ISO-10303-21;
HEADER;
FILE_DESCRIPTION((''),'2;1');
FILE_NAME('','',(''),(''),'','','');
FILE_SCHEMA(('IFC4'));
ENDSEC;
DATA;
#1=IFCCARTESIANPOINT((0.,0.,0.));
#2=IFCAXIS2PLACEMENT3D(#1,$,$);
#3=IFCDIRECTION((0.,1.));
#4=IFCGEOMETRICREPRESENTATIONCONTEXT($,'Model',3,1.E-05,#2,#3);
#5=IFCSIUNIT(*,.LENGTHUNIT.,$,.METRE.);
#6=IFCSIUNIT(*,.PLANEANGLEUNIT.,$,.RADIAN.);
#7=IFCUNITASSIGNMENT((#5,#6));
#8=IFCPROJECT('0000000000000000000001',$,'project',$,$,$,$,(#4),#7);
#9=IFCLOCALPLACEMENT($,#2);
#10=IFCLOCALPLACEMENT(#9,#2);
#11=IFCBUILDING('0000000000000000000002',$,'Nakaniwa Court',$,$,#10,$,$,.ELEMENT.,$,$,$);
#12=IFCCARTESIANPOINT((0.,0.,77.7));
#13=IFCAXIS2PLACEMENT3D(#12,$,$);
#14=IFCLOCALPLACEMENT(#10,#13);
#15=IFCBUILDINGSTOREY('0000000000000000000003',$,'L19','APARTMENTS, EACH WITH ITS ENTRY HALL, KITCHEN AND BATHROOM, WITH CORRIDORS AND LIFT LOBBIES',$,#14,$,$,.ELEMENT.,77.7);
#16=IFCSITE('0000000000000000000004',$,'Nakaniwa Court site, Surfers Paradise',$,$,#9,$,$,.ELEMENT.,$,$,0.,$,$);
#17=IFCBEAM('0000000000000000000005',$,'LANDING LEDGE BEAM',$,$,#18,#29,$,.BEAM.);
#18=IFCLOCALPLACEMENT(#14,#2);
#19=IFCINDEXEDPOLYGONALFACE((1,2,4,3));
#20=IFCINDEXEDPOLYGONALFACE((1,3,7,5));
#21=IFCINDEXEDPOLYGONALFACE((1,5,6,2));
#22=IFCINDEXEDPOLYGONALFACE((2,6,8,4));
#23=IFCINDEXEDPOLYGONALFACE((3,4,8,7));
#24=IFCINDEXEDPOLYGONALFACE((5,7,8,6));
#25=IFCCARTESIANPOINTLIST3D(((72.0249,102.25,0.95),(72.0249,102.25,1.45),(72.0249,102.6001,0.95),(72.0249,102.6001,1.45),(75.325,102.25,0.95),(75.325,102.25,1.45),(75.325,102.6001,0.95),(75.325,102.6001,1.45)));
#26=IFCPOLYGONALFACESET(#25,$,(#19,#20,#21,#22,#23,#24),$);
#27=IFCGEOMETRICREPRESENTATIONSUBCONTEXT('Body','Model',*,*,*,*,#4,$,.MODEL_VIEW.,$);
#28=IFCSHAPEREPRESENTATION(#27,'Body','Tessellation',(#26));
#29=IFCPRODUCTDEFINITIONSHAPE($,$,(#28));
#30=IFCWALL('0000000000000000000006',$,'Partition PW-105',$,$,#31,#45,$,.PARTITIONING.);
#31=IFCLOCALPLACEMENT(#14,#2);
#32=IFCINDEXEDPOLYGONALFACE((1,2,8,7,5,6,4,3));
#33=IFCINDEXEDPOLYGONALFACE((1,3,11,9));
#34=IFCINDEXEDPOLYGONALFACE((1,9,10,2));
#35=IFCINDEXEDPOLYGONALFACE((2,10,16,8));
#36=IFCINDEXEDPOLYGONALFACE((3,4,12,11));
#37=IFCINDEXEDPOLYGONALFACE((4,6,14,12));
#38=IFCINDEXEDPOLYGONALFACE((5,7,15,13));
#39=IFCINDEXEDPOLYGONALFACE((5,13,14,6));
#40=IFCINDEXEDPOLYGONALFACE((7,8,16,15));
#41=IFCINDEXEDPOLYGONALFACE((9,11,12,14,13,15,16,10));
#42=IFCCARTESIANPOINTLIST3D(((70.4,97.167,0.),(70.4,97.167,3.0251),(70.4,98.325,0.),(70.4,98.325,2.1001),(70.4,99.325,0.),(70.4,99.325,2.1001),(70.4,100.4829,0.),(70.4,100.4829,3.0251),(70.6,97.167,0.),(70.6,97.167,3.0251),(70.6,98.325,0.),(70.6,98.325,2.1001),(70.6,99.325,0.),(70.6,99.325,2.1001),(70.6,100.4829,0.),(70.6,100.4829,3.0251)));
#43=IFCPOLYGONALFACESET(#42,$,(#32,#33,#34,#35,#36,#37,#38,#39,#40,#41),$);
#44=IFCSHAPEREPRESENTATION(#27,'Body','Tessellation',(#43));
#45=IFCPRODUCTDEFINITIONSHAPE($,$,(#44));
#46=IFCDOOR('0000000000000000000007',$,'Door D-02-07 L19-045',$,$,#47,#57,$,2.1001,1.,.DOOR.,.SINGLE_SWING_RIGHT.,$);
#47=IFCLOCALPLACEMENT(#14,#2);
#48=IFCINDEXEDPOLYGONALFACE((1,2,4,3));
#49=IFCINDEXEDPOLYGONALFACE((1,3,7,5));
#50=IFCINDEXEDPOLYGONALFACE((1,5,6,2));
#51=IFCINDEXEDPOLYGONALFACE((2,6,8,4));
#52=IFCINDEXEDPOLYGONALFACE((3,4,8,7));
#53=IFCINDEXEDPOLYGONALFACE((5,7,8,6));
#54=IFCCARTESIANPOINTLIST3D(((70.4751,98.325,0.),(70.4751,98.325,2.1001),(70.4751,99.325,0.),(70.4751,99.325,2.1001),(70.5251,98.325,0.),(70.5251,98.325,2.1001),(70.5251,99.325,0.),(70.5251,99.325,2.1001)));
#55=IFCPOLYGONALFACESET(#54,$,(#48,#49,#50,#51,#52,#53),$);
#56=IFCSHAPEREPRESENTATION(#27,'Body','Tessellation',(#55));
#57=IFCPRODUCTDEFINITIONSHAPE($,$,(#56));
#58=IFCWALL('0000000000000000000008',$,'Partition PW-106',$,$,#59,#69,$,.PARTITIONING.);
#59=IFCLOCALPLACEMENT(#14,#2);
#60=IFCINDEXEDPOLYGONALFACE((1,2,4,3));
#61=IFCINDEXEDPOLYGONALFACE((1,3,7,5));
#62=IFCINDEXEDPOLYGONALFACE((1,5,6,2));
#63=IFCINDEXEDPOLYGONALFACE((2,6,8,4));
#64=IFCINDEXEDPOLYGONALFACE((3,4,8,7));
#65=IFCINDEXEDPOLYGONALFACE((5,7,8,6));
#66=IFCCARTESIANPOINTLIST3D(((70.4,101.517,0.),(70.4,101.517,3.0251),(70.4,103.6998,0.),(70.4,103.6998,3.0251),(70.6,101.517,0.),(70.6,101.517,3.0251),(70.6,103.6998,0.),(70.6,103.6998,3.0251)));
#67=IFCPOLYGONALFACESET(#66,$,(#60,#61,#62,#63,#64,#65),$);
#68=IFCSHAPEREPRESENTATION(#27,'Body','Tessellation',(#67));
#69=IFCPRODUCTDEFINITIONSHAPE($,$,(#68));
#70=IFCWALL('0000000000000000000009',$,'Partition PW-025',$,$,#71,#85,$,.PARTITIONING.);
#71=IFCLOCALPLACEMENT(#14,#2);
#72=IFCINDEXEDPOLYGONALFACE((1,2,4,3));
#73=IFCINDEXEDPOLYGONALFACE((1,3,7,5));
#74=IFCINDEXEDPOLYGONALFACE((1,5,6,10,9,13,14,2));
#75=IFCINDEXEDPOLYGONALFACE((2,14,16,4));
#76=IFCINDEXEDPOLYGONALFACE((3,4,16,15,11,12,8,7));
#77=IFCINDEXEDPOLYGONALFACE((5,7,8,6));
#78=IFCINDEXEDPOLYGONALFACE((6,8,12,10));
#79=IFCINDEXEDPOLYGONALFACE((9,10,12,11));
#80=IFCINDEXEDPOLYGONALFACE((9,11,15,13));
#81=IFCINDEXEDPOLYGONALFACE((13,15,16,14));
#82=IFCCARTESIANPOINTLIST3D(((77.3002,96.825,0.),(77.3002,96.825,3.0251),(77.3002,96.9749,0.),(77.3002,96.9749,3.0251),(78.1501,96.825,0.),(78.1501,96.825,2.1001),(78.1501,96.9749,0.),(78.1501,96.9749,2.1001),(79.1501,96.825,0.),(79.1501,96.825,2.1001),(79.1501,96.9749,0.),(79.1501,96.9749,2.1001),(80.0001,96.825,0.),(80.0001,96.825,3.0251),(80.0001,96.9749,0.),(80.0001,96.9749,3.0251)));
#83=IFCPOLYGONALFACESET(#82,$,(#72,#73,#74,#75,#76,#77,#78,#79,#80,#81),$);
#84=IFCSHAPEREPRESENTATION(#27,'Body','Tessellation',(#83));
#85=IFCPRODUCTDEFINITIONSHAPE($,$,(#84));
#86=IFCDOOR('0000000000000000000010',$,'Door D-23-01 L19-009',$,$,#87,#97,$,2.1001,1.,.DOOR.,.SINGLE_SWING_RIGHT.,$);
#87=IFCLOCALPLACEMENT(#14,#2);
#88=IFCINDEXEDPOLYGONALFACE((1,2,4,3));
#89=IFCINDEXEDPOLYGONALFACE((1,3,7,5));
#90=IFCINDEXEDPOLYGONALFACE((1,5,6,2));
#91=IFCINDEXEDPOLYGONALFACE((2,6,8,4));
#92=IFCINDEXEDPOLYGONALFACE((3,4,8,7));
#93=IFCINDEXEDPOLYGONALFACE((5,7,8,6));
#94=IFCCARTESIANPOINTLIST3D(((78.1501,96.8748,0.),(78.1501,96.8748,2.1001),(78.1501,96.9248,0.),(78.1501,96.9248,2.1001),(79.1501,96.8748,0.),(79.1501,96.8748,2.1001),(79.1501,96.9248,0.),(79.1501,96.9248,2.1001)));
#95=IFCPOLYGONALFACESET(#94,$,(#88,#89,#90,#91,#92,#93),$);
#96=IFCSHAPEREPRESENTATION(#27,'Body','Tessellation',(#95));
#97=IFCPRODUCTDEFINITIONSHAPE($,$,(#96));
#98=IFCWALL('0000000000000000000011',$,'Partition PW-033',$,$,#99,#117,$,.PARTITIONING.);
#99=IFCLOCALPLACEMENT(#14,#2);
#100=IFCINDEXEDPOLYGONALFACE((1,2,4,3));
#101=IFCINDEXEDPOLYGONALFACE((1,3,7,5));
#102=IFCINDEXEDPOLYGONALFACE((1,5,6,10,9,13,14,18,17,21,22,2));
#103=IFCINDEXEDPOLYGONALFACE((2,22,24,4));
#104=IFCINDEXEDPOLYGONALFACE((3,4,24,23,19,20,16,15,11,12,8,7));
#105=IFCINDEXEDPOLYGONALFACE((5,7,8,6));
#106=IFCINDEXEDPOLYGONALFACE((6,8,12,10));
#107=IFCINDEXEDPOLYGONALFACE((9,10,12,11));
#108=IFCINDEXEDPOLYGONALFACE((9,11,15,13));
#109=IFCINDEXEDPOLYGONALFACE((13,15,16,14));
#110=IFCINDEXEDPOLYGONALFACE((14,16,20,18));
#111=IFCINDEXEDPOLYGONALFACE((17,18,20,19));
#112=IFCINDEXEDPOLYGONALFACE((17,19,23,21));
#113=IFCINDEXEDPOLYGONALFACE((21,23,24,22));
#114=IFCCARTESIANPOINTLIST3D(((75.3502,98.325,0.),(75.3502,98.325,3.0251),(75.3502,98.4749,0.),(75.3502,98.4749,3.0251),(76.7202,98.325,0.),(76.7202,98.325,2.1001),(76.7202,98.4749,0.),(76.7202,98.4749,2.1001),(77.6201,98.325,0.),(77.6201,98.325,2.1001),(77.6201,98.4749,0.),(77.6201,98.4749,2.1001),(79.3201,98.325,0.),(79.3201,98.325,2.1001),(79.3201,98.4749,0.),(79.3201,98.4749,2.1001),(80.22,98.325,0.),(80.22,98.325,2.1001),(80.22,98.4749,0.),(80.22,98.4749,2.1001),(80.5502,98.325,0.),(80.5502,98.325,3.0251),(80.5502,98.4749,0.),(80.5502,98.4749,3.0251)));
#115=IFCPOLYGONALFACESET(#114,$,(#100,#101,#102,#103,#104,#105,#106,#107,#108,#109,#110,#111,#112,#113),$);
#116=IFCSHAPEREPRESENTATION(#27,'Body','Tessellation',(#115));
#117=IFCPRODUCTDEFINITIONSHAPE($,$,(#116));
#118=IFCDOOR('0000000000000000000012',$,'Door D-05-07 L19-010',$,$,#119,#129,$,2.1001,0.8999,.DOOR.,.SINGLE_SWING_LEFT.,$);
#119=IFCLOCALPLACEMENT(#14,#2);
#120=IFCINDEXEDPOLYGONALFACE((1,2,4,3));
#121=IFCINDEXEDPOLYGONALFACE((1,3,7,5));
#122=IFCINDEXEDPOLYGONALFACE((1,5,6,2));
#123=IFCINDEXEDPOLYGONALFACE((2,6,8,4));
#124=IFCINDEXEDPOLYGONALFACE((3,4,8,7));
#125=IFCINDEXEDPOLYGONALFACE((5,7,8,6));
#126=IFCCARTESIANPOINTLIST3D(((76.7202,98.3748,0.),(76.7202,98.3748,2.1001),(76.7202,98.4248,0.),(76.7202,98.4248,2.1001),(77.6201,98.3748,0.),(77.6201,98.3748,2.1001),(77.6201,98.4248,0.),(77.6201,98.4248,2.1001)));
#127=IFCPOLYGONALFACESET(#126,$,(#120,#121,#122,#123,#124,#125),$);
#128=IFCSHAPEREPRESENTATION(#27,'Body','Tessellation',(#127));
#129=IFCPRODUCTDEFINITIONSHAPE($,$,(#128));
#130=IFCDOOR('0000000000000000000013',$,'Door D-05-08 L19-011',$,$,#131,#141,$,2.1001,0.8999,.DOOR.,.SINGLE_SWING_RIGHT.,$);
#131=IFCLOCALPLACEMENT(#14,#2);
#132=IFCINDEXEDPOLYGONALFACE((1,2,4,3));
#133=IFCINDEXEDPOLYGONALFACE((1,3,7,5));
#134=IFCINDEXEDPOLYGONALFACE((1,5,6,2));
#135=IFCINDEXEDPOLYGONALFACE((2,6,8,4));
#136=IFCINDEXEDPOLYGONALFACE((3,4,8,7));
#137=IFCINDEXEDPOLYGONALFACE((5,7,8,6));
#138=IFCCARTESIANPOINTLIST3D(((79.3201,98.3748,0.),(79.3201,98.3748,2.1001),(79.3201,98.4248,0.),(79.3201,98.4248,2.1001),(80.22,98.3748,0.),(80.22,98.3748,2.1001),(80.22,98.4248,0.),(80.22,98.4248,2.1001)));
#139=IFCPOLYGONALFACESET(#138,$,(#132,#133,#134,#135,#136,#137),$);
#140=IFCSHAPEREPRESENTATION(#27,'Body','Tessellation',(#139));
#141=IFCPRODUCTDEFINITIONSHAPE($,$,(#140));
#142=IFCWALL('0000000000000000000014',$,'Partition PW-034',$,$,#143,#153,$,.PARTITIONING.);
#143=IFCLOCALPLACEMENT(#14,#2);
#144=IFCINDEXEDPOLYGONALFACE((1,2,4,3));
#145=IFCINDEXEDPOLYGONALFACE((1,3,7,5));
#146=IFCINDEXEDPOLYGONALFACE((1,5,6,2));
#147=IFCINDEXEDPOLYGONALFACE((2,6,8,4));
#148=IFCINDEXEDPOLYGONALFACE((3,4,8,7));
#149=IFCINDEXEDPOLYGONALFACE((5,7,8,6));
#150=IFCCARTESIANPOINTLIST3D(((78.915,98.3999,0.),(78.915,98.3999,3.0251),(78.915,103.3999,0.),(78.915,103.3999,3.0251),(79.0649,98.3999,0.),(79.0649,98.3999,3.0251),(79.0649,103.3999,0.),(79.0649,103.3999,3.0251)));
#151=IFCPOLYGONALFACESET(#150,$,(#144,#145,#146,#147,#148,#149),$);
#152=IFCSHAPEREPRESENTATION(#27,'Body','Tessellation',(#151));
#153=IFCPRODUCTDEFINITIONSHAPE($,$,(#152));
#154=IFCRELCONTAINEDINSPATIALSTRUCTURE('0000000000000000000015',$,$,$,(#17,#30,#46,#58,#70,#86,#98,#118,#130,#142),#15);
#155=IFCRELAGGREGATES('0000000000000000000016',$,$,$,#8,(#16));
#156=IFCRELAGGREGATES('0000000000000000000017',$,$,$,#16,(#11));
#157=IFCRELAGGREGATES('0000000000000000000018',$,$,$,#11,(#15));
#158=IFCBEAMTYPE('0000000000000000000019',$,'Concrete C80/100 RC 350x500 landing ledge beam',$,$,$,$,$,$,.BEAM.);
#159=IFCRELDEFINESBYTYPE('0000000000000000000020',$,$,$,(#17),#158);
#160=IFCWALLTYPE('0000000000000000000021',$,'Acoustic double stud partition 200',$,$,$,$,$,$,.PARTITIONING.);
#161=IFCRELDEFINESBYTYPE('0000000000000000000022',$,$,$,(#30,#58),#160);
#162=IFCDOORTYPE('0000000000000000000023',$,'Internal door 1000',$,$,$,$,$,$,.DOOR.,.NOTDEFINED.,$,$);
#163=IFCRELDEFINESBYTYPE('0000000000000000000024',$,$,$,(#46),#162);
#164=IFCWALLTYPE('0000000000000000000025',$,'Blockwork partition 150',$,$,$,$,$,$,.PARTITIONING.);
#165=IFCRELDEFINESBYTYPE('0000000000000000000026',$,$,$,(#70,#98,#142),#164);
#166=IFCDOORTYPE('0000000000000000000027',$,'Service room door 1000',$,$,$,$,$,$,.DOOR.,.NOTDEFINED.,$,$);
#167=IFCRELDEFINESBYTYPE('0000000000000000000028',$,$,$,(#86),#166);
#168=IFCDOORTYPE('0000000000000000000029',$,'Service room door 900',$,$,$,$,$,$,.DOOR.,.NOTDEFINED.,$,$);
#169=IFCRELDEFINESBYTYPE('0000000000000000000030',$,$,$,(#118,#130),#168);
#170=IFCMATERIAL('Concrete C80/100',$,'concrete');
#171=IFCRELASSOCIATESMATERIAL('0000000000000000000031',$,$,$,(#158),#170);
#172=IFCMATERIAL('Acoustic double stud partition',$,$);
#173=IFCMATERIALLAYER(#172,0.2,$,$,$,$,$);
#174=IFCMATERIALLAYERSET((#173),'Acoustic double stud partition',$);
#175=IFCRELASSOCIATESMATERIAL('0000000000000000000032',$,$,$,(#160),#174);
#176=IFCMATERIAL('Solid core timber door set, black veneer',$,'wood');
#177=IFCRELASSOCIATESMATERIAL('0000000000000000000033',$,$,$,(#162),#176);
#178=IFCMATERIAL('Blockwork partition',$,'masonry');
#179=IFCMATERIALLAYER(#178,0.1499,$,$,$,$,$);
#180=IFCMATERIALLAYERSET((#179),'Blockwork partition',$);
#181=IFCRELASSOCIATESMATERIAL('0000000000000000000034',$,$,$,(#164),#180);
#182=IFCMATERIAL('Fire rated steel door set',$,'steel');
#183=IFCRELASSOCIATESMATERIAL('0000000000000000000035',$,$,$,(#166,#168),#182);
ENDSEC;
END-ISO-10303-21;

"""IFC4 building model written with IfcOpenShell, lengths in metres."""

from ifc_helpers import new_model, si_unit, direction, frame, frame_2d, origin, origin_2d, place, context, subcontext, project, spatial, rectangle, extrude, material, layer, layer_set, material_profile, profile_set, type_object, element, fill, save


model = new_model("IFC4")

# Units and contexts
model_context = context("Model", 3, precision=1e-05, world=origin(), true_north=direction((0.0, 1.0)))
body_context = subcontext(model_context, "Body", "Model", "MODEL_VIEW")
ifc_project = project(units=[si_unit("LENGTHUNIT", "METRE"), si_unit("PLANEANGLEUNIT", "RADIAN")], contexts=[model_context])

# Site, building, storey
site_placement = place(None, origin())
site = spatial("IfcSite", under=ifc_project, at=site_placement, Name="Nakaniwa Court site, Surfers Paradise", CompositionType="ELEMENT", RefElevation=0.0)
building_placement = place(site_placement, origin())
building = spatial("IfcBuilding", under=site, at=building_placement, Name="Nakaniwa Court", CompositionType="ELEMENT")
storey_placement = place(building_placement, frame((0.0, 0.0, 77.7)))
storey = spatial("IfcBuildingStorey", under=building, at=storey_placement, Name="L19", Description="APARTMENTS, EACH WITH ITS ENTRY HALL, KITCHEN AND BATHROOM, WITH CORRIDORS AND LIFT LOBBIES", CompositionType="ELEMENT", Elevation=77.7)

# Beam
ifc_material_1 = material(Name="Concrete C80/100", Category="concrete")
ifc_material_profile = material_profile(ifc_material_1, rectangle(XDim=0.3501, YDim=0.5, at=origin_2d()), Name="Concrete C80/100 RC 350x500 landing ledge beam")
ifc_profile_set = profile_set([ifc_material_profile], Name="Concrete C80/100")
beam_type = type_object("IfcBeamType", Name="Concrete C80/100 RC 350x500 landing ledge beam", PredefinedType="BEAM", material=ifc_profile_set)
beam_placement = place(storey_placement, frame((72.0249, 102.425, 1.2), z_axis=(1.0, 0.0, 0.0), x_axis=(0.0, 1.0, 0.0)))
element("IfcBeam", 1, at=beam_placement, inside=storey, type_object=beam_type, Name="LANDING LEDGE BEAM", PredefinedType="BEAM", context=body_context, shape_type="SweptSolid", body=[
    extrude(rectangle(XDim=0.3501, YDim=0.5, at=origin_2d()), origin(), (0.0, 0.0, 1.0), 3.3),
])

# Wall, opening, door
ifc_material_2 = material(Name="Acoustic double stud partition")
ifc_layer_1 = layer(ifc_material_2, 0.2)
ifc_layer_set_1 = layer_set([ifc_layer_1], Name="Acoustic double stud partition")
wall_type_1 = type_object("IfcWallType", Name="Acoustic double stud partition 200", PredefinedType="PARTITIONING", material=ifc_layer_set_1)
wall_1_placement = place(storey_placement, frame((70.5, 97.167, 0.0), z_axis=(0.0, 0.0, 1.0), x_axis=(0.0, 1.0, 0.0)))
wall_1 = element("IfcWall", 2, at=wall_1_placement, inside=storey, type_object=wall_type_1, Name="Partition PW-105", PredefinedType="PARTITIONING", context=body_context, shape_type="SweptSolid", body=[
    extrude(rectangle(XDim=3.3159, YDim=0.2, at=frame_2d((1.658, 0.0))), origin(), (0.0, 0.0, 1.0), 3.0251),
])
opening_1_placement = place(wall_1_placement, frame((1.158, 0.0, 0.0)))
opening_1 = element("IfcOpeningElement", 3, at=opening_1_placement, cuts=wall_1, PredefinedType="OPENING", context=body_context, shape_type="SweptSolid", body=[
    extrude(rectangle(XDim=1.0, YDim=2.1001, at=frame_2d((0.5, 1.05))), frame((0.0, 0.1099, 0.0), z_axis=(0.0, -1.0, 0.0), x_axis=(1.0, 0.0, 0.0)), (0.0, 0.0, 1.0), 0.22),
])
ifc_material_3 = material(Name="Solid core timber door set, black veneer", Category="wood")
door_type_1 = type_object("IfcDoorType", Name="Internal door 1000", OperationType="NOTDEFINED", PredefinedType="DOOR", material=ifc_material_3)
door_1_placement = place(opening_1_placement, origin())
door_1 = element("IfcDoor", 4, at=door_1_placement, inside=storey, type_object=door_type_1, Name="Door D-02-07 L19-045", OperationType="SINGLE_SWING_RIGHT", OverallHeight=2.1001, OverallWidth=1.0, PredefinedType="DOOR", context=body_context, shape_type="SweptSolid", body=[
    extrude(rectangle(XDim=1.0, YDim=2.1001, at=frame_2d((0.5, 1.05))), frame((0.0, 0.0249, 0.0), z_axis=(0.0, -1.0, 0.0), x_axis=(1.0, 0.0, 0.0)), (0.0, 0.0, 1.0), 0.05),
])
fill(opening_1, door_1)

# Wall
wall_2_placement = place(storey_placement, frame((70.5, 101.5171, 0.0), z_axis=(0.0, 0.0, 1.0), x_axis=(0.0, 1.0, 0.0)))
element("IfcWall", 5, at=wall_2_placement, inside=storey, type_object=wall_type_1, Name="Partition PW-106", PredefinedType="PARTITIONING", context=body_context, shape_type="SweptSolid", body=[
    extrude(rectangle(XDim=2.1829, YDim=0.2, at=frame_2d((1.0913, 0.0))), origin(), (0.0, 0.0, 1.0), 3.0251),
])

# Wall, opening, door
ifc_material_4 = material(Name="Blockwork partition", Category="masonry")
ifc_layer_2 = layer(ifc_material_4, 0.1499)
ifc_layer_set_2 = layer_set([ifc_layer_2], Name="Blockwork partition")
wall_type_2 = type_object("IfcWallType", Name="Blockwork partition 150", PredefinedType="PARTITIONING", material=ifc_layer_set_2)
wall_3_placement = place(storey_placement, frame((77.3, 96.8999, 0.0), z_axis=(0.0, 0.0, 1.0), x_axis=(1.0, 0.0, 0.0)))
wall_3 = element("IfcWall", 6, at=wall_3_placement, inside=storey, type_object=wall_type_2, Name="Partition PW-025", PredefinedType="PARTITIONING", context=body_context, shape_type="SweptSolid", body=[
    extrude(rectangle(XDim=2.7, YDim=0.1499, at=frame_2d((1.3501, 0.0))), origin(), (0.0, 0.0, 1.0), 3.0251),
])
opening_2_placement = place(wall_3_placement, frame((0.8501, 0.0, 0.0)))
opening_2 = element("IfcOpeningElement", 7, at=opening_2_placement, cuts=wall_3, PredefinedType="OPENING", context=body_context, shape_type="SweptSolid", body=[
    extrude(rectangle(XDim=1.0, YDim=2.1001, at=frame_2d((0.5, 1.05))), frame((0.0, 0.085, 0.0), z_axis=(0.0, -1.0, 0.0), x_axis=(1.0, 0.0, 0.0)), (0.0, 0.0, 1.0), 0.1699),
])
ifc_material_5 = material(Name="Fire rated steel door set", Category="steel")
door_type_2 = type_object("IfcDoorType", Name="Service room door 1000", OperationType="NOTDEFINED", PredefinedType="DOOR", material=ifc_material_5)
door_2_placement = place(opening_2_placement, origin())
door_2 = element("IfcDoor", 8, at=door_2_placement, inside=storey, type_object=door_type_2, Name="Door D-23-01 L19-009", OperationType="SINGLE_SWING_RIGHT", OverallHeight=2.1001, OverallWidth=1.0, PredefinedType="DOOR", context=body_context, shape_type="SweptSolid", body=[
    extrude(rectangle(XDim=1.0, YDim=2.1001, at=frame_2d((0.5, 1.05))), frame((0.0, 0.0249, 0.0), z_axis=(0.0, -1.0, 0.0), x_axis=(1.0, 0.0, 0.0)), (0.0, 0.0, 1.0), 0.05),
])
fill(opening_2, door_2)

# Wall, openings, doors
wall_4_placement = place(storey_placement, frame((75.3501, 98.3999, 0.0), z_axis=(0.0, 0.0, 1.0), x_axis=(1.0, 0.0, 0.0)))
wall_4 = element("IfcWall", 9, at=wall_4_placement, inside=storey, type_object=wall_type_2, Name="Partition PW-033", PredefinedType="PARTITIONING", context=body_context, shape_type="SweptSolid", body=[
    extrude(rectangle(XDim=5.2, YDim=0.1499, at=frame_2d((2.6001, 0.0))), origin(), (0.0, 0.0, 1.0), 3.0251),
])
opening_3_placement = place(wall_4_placement, frame((1.3701, 0.0, 0.0)))
opening_3 = element("IfcOpeningElement", 10, at=opening_3_placement, cuts=wall_4, PredefinedType="OPENING", context=body_context, shape_type="SweptSolid", body=[
    extrude(rectangle(XDim=0.8999, YDim=2.1001, at=frame_2d((0.45, 1.05))), frame((0.0, 0.085, 0.0), z_axis=(0.0, -1.0, 0.0), x_axis=(1.0, 0.0, 0.0)), (0.0, 0.0, 1.0), 0.1699),
])
opening_4_placement = place(wall_4_placement, frame((3.97, 0.0, 0.0)))
opening_4 = element("IfcOpeningElement", 11, at=opening_4_placement, cuts=wall_4, PredefinedType="OPENING", context=body_context, shape_type="SweptSolid", body=[
    extrude(rectangle(XDim=0.8999, YDim=2.1001, at=frame_2d((0.45, 1.05))), frame((0.0, 0.085, 0.0), z_axis=(0.0, -1.0, 0.0), x_axis=(1.0, 0.0, 0.0)), (0.0, 0.0, 1.0), 0.1699),
])
door_type_3 = type_object("IfcDoorType", Name="Service room door 900", OperationType="NOTDEFINED", PredefinedType="DOOR", material=ifc_material_5)
door_3_placement = place(opening_3_placement, origin())
door_3 = element("IfcDoor", 12, at=door_3_placement, inside=storey, type_object=door_type_3, Name="Door D-05-07 L19-010", OperationType="SINGLE_SWING_LEFT", OverallHeight=2.1001, OverallWidth=0.8999, PredefinedType="DOOR", context=body_context, shape_type="SweptSolid", body=[
    extrude(rectangle(XDim=0.8999, YDim=2.1001, at=frame_2d((0.45, 1.05))), frame((0.0, 0.0249, 0.0), z_axis=(0.0, -1.0, 0.0), x_axis=(1.0, 0.0, 0.0)), (0.0, 0.0, 1.0), 0.05),
])
fill(opening_3, door_3)
door_4_placement = place(opening_4_placement, origin())
door_4 = element("IfcDoor", 13, at=door_4_placement, inside=storey, type_object=door_type_3, Name="Door D-05-08 L19-011", OperationType="SINGLE_SWING_RIGHT", OverallHeight=2.1001, OverallWidth=0.8999, PredefinedType="DOOR", context=body_context, shape_type="SweptSolid", body=[
    extrude(rectangle(XDim=0.8999, YDim=2.1001, at=frame_2d((0.45, 1.05))), frame((0.0, 0.0249, 0.0), z_axis=(0.0, -1.0, 0.0), x_axis=(1.0, 0.0, 0.0)), (0.0, 0.0, 1.0), 0.05),
])
fill(opening_4, door_4)

# Wall
wall_5_placement = place(storey_placement, frame((78.99, 98.3999, 0.0), z_axis=(0.0, 0.0, 1.0), x_axis=(0.0, 1.0, 0.0)))
element("IfcWall", 14, at=wall_5_placement, inside=storey, type_object=wall_type_2, Name="Partition PW-034", PredefinedType="PARTITIONING", context=body_context, shape_type="SweptSolid", body=[
    extrude(rectangle(XDim=5.0, YDim=0.1499, at=frame_2d((2.5, 0.0))), origin(), (0.0, 0.0, 1.0), 3.0251),
])

save(model, "model.ifc")
